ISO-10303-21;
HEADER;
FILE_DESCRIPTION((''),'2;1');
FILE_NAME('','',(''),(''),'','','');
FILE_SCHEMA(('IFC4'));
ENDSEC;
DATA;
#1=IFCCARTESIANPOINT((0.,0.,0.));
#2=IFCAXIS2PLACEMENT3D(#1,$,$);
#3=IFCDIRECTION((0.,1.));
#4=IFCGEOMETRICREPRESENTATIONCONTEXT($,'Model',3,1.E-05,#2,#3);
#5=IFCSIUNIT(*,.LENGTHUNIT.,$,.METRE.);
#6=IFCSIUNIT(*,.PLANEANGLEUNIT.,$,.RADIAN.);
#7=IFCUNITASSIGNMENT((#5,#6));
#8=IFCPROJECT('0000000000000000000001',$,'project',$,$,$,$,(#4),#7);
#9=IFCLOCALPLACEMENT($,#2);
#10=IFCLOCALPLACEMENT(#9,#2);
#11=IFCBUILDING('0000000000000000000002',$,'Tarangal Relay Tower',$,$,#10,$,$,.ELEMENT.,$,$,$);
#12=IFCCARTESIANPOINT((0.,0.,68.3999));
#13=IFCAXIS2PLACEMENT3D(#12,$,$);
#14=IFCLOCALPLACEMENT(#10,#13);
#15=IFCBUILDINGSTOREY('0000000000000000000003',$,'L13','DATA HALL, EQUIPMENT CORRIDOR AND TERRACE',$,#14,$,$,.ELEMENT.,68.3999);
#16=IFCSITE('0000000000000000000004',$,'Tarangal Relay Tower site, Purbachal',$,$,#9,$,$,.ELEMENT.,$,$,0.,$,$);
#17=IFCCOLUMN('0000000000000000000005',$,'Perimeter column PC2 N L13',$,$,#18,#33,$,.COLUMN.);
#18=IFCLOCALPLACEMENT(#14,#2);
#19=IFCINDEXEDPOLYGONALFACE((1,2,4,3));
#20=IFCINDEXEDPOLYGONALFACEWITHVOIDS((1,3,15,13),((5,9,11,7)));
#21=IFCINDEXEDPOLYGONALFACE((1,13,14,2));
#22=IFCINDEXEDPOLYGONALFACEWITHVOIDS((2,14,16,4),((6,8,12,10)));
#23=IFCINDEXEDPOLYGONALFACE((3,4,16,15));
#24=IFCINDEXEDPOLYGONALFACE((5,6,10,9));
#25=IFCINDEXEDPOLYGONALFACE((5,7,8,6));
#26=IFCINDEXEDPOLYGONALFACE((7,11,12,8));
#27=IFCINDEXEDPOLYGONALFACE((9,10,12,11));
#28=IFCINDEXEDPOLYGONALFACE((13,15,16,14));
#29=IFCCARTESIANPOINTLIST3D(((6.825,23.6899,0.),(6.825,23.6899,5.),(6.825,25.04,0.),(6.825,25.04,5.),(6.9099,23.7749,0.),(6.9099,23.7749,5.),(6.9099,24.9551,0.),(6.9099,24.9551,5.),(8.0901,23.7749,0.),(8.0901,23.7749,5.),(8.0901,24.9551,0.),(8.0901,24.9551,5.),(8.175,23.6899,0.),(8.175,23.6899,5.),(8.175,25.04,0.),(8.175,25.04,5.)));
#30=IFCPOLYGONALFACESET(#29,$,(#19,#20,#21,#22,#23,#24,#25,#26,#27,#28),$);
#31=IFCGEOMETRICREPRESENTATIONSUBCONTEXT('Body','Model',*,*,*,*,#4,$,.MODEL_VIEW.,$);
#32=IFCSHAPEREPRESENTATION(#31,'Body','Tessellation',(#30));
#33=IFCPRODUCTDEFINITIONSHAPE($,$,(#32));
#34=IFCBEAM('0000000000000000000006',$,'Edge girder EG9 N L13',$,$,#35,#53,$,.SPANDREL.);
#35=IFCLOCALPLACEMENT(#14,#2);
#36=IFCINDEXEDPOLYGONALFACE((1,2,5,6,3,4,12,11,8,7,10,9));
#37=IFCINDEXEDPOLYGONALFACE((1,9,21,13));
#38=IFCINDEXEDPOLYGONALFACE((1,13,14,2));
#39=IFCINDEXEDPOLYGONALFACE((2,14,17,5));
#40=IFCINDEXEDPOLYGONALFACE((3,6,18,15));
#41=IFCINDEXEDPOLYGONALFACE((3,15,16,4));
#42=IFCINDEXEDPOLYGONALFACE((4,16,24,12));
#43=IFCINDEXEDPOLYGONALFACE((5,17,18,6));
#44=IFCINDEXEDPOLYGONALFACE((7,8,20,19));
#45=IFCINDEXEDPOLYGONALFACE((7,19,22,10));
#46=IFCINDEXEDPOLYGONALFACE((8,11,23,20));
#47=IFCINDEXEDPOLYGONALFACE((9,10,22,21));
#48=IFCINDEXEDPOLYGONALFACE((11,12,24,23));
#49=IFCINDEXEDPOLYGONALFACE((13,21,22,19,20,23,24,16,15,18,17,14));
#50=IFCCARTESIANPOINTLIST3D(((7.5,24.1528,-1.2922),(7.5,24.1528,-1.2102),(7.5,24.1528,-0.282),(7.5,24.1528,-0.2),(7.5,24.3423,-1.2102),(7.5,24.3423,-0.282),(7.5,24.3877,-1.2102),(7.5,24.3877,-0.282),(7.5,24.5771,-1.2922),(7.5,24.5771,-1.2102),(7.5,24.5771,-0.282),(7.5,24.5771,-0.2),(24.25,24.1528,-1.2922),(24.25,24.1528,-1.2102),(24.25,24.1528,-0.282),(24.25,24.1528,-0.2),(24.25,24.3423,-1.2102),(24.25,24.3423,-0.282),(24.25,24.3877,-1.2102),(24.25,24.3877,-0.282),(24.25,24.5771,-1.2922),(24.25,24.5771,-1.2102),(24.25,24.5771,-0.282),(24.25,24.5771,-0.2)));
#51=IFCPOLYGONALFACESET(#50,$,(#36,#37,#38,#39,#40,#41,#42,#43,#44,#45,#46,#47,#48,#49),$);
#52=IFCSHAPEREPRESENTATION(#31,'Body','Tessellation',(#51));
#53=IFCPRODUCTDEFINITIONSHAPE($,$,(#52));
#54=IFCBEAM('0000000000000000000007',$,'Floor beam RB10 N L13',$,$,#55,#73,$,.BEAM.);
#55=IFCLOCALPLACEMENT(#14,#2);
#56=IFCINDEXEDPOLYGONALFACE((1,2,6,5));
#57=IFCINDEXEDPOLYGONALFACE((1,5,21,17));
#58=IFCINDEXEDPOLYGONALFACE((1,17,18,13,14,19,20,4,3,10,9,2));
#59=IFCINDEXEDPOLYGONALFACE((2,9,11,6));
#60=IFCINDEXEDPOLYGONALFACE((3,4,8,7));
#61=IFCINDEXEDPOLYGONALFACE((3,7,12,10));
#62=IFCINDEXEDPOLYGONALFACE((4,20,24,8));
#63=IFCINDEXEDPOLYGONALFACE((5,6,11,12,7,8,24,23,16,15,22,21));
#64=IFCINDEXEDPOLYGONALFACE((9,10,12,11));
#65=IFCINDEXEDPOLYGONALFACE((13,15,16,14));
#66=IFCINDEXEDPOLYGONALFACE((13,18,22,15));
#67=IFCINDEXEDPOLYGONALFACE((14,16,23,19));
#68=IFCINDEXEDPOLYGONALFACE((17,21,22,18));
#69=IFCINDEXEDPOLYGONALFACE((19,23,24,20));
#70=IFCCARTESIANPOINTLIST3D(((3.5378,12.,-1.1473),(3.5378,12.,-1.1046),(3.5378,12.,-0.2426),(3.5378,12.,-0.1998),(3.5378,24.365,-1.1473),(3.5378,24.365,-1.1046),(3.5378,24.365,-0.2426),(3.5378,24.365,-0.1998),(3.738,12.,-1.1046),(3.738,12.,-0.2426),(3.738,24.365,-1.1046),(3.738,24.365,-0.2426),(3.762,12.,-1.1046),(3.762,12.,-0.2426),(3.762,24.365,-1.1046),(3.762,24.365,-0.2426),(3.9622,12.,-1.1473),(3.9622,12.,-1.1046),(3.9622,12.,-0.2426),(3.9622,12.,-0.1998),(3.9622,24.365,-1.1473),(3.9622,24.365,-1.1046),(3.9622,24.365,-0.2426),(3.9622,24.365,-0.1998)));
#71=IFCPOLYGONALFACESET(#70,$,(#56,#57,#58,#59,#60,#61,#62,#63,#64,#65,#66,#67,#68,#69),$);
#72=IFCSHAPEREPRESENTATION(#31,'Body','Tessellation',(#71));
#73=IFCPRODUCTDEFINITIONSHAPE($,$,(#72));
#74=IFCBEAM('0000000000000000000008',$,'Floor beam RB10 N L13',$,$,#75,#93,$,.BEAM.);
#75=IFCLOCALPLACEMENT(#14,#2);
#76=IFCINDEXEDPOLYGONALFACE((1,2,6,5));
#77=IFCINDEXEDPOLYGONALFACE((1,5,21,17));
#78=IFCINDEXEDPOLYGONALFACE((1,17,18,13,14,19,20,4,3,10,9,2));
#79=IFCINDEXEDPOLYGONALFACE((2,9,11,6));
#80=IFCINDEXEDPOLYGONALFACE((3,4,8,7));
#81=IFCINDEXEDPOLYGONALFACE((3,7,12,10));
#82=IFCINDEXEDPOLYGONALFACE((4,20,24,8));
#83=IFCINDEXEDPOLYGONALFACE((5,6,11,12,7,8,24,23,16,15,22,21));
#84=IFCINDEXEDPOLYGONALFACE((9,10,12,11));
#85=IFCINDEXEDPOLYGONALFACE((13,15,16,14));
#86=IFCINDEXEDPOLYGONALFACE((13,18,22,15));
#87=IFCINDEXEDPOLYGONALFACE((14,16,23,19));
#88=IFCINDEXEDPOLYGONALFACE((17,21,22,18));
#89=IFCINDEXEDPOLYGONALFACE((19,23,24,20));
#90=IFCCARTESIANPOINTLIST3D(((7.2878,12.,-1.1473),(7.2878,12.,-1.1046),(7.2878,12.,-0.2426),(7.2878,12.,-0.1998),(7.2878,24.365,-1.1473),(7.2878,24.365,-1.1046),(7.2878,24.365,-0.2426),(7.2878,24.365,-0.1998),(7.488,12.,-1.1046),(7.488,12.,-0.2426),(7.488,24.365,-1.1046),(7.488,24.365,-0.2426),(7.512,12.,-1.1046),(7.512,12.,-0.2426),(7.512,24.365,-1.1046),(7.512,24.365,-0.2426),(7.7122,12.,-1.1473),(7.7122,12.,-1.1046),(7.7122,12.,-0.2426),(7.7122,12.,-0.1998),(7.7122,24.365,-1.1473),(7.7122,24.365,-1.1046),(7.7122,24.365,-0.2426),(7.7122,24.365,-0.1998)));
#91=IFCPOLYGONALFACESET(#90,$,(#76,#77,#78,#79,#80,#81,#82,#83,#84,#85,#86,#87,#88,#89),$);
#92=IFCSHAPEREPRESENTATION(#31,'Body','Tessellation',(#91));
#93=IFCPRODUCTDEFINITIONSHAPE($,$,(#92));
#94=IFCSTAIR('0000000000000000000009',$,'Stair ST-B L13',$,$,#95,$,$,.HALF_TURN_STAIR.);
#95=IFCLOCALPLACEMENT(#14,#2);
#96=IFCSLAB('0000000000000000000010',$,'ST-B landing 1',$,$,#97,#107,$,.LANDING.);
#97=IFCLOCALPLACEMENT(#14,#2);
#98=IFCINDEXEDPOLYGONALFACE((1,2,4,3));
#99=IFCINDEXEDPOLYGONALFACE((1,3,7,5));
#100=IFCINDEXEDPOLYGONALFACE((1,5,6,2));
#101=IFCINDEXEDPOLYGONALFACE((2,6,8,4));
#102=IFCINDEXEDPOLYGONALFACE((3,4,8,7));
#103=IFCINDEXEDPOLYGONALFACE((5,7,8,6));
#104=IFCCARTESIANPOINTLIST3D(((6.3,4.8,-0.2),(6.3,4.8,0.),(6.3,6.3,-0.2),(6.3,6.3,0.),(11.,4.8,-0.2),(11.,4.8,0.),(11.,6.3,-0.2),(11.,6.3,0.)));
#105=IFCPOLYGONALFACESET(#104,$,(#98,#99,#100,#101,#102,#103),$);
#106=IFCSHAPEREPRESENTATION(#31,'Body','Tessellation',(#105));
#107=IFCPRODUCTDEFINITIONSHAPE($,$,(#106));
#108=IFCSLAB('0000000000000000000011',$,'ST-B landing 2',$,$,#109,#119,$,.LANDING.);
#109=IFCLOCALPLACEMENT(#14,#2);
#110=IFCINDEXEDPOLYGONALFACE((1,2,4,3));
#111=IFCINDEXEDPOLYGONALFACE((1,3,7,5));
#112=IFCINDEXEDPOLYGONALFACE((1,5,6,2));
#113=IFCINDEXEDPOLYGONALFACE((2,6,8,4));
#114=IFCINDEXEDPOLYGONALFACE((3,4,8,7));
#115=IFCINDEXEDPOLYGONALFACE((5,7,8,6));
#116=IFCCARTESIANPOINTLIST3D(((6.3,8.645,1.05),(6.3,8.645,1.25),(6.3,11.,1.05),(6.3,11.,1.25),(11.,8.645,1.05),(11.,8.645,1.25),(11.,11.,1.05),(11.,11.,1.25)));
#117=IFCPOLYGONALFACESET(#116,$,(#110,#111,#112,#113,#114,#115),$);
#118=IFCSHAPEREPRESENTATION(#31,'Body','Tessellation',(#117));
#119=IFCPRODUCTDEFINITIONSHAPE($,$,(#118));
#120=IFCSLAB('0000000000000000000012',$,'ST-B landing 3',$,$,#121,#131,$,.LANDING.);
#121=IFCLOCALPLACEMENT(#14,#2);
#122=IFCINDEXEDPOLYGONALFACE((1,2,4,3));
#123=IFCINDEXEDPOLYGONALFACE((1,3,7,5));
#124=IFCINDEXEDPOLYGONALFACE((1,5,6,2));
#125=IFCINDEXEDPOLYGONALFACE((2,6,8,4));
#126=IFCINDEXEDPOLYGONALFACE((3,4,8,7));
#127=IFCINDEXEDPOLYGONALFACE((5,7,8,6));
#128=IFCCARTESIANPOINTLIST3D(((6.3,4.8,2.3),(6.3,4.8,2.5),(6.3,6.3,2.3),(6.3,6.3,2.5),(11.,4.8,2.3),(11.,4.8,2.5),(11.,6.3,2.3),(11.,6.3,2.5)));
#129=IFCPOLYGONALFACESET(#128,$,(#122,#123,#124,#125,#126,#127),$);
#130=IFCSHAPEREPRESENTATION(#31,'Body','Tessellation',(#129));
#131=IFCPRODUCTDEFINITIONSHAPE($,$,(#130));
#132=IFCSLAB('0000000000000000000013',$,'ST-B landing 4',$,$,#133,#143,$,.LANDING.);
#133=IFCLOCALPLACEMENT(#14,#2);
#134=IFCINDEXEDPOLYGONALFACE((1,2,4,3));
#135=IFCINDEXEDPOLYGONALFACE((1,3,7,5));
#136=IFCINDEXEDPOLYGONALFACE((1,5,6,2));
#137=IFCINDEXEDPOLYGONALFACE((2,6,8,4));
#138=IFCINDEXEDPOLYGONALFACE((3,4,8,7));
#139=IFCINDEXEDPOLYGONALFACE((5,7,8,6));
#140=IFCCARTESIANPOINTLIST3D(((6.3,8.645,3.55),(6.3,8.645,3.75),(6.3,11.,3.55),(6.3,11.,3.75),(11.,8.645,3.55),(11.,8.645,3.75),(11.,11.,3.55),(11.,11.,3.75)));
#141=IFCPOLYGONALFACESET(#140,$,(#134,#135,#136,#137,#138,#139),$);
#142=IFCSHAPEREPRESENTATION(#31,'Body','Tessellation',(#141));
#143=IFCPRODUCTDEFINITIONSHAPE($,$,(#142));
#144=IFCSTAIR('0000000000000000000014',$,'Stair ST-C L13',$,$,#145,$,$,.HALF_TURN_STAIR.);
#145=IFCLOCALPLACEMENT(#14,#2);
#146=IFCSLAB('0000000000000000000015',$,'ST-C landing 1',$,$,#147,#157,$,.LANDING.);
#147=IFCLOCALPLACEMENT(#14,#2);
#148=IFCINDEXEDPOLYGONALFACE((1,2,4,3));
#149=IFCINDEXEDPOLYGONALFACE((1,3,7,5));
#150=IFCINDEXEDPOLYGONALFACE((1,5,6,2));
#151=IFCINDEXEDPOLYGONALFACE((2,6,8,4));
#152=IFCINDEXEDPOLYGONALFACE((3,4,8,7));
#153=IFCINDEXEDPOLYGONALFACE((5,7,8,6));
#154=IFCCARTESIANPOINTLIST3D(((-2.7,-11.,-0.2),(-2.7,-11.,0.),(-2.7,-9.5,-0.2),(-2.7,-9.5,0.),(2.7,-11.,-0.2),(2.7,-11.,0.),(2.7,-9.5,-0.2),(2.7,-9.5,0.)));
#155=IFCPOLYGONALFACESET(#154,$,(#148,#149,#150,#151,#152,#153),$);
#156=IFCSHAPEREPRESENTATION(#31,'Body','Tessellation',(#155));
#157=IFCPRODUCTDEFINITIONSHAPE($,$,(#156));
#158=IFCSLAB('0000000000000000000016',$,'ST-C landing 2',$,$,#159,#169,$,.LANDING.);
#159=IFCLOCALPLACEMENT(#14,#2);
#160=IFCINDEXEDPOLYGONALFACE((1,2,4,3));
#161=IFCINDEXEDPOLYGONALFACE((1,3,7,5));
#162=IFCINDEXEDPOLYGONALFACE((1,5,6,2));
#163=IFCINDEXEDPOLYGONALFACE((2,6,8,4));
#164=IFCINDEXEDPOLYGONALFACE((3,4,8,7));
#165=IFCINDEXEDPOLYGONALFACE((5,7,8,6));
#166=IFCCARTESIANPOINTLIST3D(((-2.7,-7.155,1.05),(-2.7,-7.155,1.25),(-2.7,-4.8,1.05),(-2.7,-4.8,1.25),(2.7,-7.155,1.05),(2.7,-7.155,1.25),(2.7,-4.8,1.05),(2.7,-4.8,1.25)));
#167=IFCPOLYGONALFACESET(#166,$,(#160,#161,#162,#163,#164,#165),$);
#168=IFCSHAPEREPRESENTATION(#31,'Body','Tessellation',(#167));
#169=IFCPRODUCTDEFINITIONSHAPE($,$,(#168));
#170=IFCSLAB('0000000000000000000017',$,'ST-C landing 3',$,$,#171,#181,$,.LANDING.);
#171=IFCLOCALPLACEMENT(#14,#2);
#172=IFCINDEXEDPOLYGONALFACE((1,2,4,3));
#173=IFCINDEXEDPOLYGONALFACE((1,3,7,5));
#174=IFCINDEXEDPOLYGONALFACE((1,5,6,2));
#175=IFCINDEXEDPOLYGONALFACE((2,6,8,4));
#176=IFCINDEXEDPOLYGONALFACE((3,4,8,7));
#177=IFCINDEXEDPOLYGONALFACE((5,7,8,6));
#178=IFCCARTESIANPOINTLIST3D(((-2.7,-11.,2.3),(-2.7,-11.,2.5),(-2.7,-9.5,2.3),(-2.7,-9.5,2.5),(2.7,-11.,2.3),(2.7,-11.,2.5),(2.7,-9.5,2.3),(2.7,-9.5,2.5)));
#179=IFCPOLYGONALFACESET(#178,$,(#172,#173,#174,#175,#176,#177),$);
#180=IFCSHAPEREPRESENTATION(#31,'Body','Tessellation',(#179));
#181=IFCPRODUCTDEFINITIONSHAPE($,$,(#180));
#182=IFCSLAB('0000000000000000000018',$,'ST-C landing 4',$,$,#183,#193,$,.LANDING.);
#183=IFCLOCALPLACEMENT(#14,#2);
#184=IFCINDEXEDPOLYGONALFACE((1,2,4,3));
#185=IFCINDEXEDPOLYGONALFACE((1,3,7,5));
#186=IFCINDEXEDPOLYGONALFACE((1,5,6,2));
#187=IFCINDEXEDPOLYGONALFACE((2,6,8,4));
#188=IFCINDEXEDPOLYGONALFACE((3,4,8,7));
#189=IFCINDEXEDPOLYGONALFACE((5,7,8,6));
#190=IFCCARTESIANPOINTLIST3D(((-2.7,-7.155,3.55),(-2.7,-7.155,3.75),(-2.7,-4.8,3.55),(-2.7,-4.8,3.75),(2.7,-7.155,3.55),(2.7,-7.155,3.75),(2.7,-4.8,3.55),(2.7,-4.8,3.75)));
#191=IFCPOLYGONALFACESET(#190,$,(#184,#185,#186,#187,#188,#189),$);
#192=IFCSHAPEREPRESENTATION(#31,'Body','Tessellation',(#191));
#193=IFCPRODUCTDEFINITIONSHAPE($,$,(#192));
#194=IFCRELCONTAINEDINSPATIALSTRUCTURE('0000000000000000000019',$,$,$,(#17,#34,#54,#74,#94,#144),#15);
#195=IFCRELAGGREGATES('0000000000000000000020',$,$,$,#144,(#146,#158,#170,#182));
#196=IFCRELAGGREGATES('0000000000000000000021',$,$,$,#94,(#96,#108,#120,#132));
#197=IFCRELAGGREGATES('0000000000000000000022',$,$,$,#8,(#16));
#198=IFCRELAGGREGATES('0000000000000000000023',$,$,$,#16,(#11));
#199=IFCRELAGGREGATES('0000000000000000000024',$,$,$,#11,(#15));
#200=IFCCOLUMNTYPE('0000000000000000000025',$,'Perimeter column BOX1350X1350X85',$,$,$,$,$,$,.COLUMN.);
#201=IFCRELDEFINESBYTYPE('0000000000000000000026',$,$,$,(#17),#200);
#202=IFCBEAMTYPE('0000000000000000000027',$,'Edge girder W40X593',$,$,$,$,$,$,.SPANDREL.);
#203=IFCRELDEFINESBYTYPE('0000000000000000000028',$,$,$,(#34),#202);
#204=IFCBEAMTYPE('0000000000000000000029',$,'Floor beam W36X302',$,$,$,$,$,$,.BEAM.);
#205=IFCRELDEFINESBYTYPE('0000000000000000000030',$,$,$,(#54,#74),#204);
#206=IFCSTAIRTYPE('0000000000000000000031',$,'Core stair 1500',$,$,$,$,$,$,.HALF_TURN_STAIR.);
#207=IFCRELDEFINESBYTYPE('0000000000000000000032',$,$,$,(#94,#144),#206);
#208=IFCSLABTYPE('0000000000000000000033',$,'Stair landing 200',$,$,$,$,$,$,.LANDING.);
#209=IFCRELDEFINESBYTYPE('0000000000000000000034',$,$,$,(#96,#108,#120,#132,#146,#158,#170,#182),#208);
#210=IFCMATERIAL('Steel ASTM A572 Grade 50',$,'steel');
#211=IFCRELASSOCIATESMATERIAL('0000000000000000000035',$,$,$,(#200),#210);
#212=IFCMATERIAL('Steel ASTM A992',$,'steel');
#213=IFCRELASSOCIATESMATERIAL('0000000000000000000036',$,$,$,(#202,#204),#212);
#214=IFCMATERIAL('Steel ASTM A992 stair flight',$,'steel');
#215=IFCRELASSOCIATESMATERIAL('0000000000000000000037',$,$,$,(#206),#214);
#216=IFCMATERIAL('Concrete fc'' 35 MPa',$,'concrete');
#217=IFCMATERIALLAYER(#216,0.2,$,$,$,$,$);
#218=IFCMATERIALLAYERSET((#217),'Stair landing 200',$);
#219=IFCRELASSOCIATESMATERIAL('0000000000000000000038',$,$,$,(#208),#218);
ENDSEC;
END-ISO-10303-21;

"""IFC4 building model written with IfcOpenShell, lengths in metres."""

from ifc_helpers import new_model, si_unit, direction, frame, origin, origin_2d, place, context, subcontext, project, spatial, polyline, hollow_rectangle, i_section, outline, extrude, material, layer, layer_set, material_profile, profile_set, type_object, element, aggregate, save


model = new_model("IFC4")

# Units and contexts
model_context = context("Model", 3, precision=1e-05, world=origin(), true_north=direction((0.0, 1.0)))
body_context = subcontext(model_context, "Body", "Model", "MODEL_VIEW")
ifc_project = project(units=[si_unit("LENGTHUNIT", "METRE"), si_unit("PLANEANGLEUNIT", "RADIAN")], contexts=[model_context])

# Site, building, storey
site_placement = place(None, origin())
site = spatial("IfcSite", under=ifc_project, at=site_placement, Name="Tarangal Relay Tower site, Purbachal", CompositionType="ELEMENT", RefElevation=0.0)
building_placement = place(site_placement, origin())
building = spatial("IfcBuilding", under=site, at=building_placement, Name="Tarangal Relay Tower", CompositionType="ELEMENT")
storey_placement = place(building_placement, frame((0.0, 0.0, 68.3999)))
storey = spatial("IfcBuildingStorey", under=building, at=storey_placement, Name="L13", Description="DATA HALL, EQUIPMENT CORRIDOR AND TERRACE", CompositionType="ELEMENT", Elevation=68.3999)

# Column
ifc_material_1 = material(Name="Steel ASTM A572 Grade 50", Category="steel")
ifc_material_profile_1 = material_profile(ifc_material_1, hollow_rectangle(XDim=1.3501, YDim=1.3501, WallThickness=0.085, at=origin_2d()), Name="BOX1350X1350X85")
ifc_profile_set_1 = profile_set([ifc_material_profile_1], Name="Steel ASTM A572 Grade 50")
column_type = type_object("IfcColumnType", Name="Perimeter column BOX1350X1350X85", PredefinedType="COLUMN", material=ifc_profile_set_1)
column_placement = place(storey_placement, frame((7.5, 24.365, 0.0), z_axis=(0.0, 0.0, 1.0), x_axis=(1.0, 0.0, 0.0)))
element("IfcColumn", 1, at=column_placement, inside=storey, type_object=column_type, Name="Perimeter column PC2 N L13", PredefinedType="COLUMN", context=body_context, shape_type="SweptSolid", body=[
    extrude(hollow_rectangle(XDim=1.3501, YDim=1.3501, WallThickness=0.085, at=origin_2d()), origin(), (0.0, 0.0, 1.0), 5.0),
])

# Beams
ifc_material_2 = material(Name="Steel ASTM A992", Category="steel")
ifc_material_profile_2 = material_profile(ifc_material_2, i_section(OverallWidth=0.4243, OverallDepth=1.0923, WebThickness=0.0454, FlangeThickness=0.082, at=origin_2d()), Name="W40X593")
ifc_profile_set_2 = profile_set([ifc_material_profile_2], Name="Steel ASTM A992")
beam_type_1 = type_object("IfcBeamType", Name="Edge girder W40X593", PredefinedType="SPANDREL", material=ifc_profile_set_2)
beam_placement = place(storey_placement, frame((7.5, 24.365, -0.7461), z_axis=(1.0, 0.0, 0.0), x_axis=(0.0, 1.0, 0.0)))
element("IfcBeam", 2, at=beam_placement, inside=storey, type_object=beam_type_1, Name="Edge girder EG9 N L13", PredefinedType="SPANDREL", context=body_context, shape_type="SweptSolid", body=[
    extrude(i_section(OverallWidth=0.4243, OverallDepth=1.0923, WebThickness=0.0454, FlangeThickness=0.082, at=origin_2d()), origin(), (0.0, 0.0, 1.0), 16.75),
])
ifc_material_profile_3 = material_profile(ifc_material_2, i_section(OverallWidth=0.4243, OverallDepth=0.9475, WebThickness=0.0239, FlangeThickness=0.0427, at=origin_2d()), Name="W36X302")
ifc_profile_set_3 = profile_set([ifc_material_profile_3], Name="Steel ASTM A992")
beam_type_2 = type_object("IfcBeamType", Name="Floor beam W36X302", PredefinedType="BEAM", material=ifc_profile_set_3)
for number, where, z_axis, x_axis, name in (
    (3, (3.75, 12.0, -0.6736), (0.0, 1.0, 0.0), (-1.0, 0.0, 0.0), "Floor beam RB10 N L13"),
    (4, (7.5, 12.0, -0.6736), (0.0, 1.0, 0.0), (-1.0, 0.0, 0.0), "Floor beam RB10 N L13"),
):
    element("IfcBeam", number, at=place(storey_placement, frame(where, z_axis=z_axis, x_axis=x_axis)), inside=storey, type_object=beam_type_2, Name=name, PredefinedType="BEAM", context=body_context, shape_type="SweptSolid", body=[
        extrude(i_section(OverallWidth=0.4243, OverallDepth=0.9475, WebThickness=0.0239, FlangeThickness=0.0427, at=origin_2d()), origin(), (0.0, 0.0, 1.0), 12.365),
    ])

# Stairs, slabs
ifc_material_3 = material(Name="Steel ASTM A992 stair flight", Category="steel")
stair_type = type_object("IfcStairType", Name="Core stair 1500", PredefinedType="HALF_TURN_STAIR", material=ifc_material_3)
stair_1_placement = place(storey_placement, origin())
stair_1 = element("IfcStair", 5, at=stair_1_placement, inside=storey, type_object=stair_type, Name="Stair ST-B L13", PredefinedType="HALF_TURN_STAIR")
ifc_material_4 = material(Name="Concrete fc' 35 MPa", Category="concrete")
ifc_layer_1 = layer(ifc_material_4, 0.2)
ifc_layer_set_1 = layer_set([ifc_layer_1], Name="Stair landing 200")
slab_type = type_object("IfcSlabType", Name="Stair landing 200", PredefinedType="LANDING", material=ifc_layer_set_1)
slab_1_placement = place(storey_placement, frame((0.0, 0.0, -0.2)))
slab_1 = element("IfcSlab", 6, at=slab_1_placement, type_object=slab_type, Name="ST-B landing 1", PredefinedType="LANDING", context=body_context, shape_type="SweptSolid", body=[
    extrude(outline(polyline([(6.3, 4.8), (11.0, 4.8), (11.0, 6.3), (6.3, 6.3), (6.3, 4.8)])), origin(), (0.0, 0.0, 1.0), 0.2),
])
slab_2_placement = place(storey_placement, frame((0.0, 0.0, 1.05)))
slab_2 = element("IfcSlab", 7, at=slab_2_placement, type_object=slab_type, Name="ST-B landing 2", PredefinedType="LANDING", context=body_context, shape_type="SweptSolid", body=[
    extrude(outline(polyline([(6.3, 8.645), (11.0, 8.645), (11.0, 11.0), (6.3, 11.0), (6.3, 8.645)])), origin(), (0.0, 0.0, 1.0), 0.2),
])
slab_3_placement = place(storey_placement, frame((0.0, 0.0, 2.3)))
slab_3 = element("IfcSlab", 8, at=slab_3_placement, type_object=slab_type, Name="ST-B landing 3", PredefinedType="LANDING", context=body_context, shape_type="SweptSolid", body=[
    extrude(outline(polyline([(6.3, 4.8), (11.0, 4.8), (11.0, 6.3), (6.3, 6.3), (6.3, 4.8)])), origin(), (0.0, 0.0, 1.0), 0.2),
])
slab_4_placement = place(storey_placement, frame((0.0, 0.0, 3.55)))
slab_4 = element("IfcSlab", 9, at=slab_4_placement, type_object=slab_type, Name="ST-B landing 4", PredefinedType="LANDING", context=body_context, shape_type="SweptSolid", body=[
    extrude(outline(polyline([(6.3, 8.645), (11.0, 8.645), (11.0, 11.0), (6.3, 11.0), (6.3, 8.645)])), origin(), (0.0, 0.0, 1.0), 0.2),
])
stair_2_placement = place(storey_placement, origin())
stair_2 = element("IfcStair", 10, at=stair_2_placement, inside=storey, type_object=stair_type, Name="Stair ST-C L13", PredefinedType="HALF_TURN_STAIR")
slab_5_placement = place(storey_placement, frame((0.0, 0.0, -0.2)))
slab_5 = element("IfcSlab", 11, at=slab_5_placement, type_object=slab_type, Name="ST-C landing 1", PredefinedType="LANDING", context=body_context, shape_type="SweptSolid", body=[
    extrude(outline(polyline([(-2.7, -11.0), (2.7, -11.0), (2.7, -9.5), (-2.7, -9.5), (-2.7, -11.0)])), origin(), (0.0, 0.0, 1.0), 0.2),
])
slab_6_placement = place(storey_placement, frame((0.0, 0.0, 1.05)))
slab_6 = element("IfcSlab", 12, at=slab_6_placement, type_object=slab_type, Name="ST-C landing 2", PredefinedType="LANDING", context=body_context, shape_type="SweptSolid", body=[
    extrude(outline(polyline([(-2.7, -7.155), (2.7, -7.155), (2.7, -4.8), (-2.7, -4.8), (-2.7, -7.155)])), origin(), (0.0, 0.0, 1.0), 0.2),
])
slab_7_placement = place(storey_placement, frame((0.0, 0.0, 2.3)))
slab_7 = element("IfcSlab", 13, at=slab_7_placement, type_object=slab_type, Name="ST-C landing 3", PredefinedType="LANDING", context=body_context, shape_type="SweptSolid", body=[
    extrude(outline(polyline([(-2.7, -11.0), (2.7, -11.0), (2.7, -9.5), (-2.7, -9.5), (-2.7, -11.0)])), origin(), (0.0, 0.0, 1.0), 0.2),
])
slab_8_placement = place(storey_placement, frame((0.0, 0.0, 3.55)))
slab_8 = element("IfcSlab", 14, at=slab_8_placement, type_object=slab_type, Name="ST-C landing 4", PredefinedType="LANDING", context=body_context, shape_type="SweptSolid", body=[
    extrude(outline(polyline([(-2.7, -7.155), (2.7, -7.155), (2.7, -4.8), (-2.7, -4.8), (-2.7, -7.155)])), origin(), (0.0, 0.0, 1.0), 0.2),
])
aggregate(stair_2, [slab_5, slab_6, slab_7, slab_8])

aggregate(stair_1, [slab_1, slab_2, slab_3, slab_4])

save(model, "model.ifc")
